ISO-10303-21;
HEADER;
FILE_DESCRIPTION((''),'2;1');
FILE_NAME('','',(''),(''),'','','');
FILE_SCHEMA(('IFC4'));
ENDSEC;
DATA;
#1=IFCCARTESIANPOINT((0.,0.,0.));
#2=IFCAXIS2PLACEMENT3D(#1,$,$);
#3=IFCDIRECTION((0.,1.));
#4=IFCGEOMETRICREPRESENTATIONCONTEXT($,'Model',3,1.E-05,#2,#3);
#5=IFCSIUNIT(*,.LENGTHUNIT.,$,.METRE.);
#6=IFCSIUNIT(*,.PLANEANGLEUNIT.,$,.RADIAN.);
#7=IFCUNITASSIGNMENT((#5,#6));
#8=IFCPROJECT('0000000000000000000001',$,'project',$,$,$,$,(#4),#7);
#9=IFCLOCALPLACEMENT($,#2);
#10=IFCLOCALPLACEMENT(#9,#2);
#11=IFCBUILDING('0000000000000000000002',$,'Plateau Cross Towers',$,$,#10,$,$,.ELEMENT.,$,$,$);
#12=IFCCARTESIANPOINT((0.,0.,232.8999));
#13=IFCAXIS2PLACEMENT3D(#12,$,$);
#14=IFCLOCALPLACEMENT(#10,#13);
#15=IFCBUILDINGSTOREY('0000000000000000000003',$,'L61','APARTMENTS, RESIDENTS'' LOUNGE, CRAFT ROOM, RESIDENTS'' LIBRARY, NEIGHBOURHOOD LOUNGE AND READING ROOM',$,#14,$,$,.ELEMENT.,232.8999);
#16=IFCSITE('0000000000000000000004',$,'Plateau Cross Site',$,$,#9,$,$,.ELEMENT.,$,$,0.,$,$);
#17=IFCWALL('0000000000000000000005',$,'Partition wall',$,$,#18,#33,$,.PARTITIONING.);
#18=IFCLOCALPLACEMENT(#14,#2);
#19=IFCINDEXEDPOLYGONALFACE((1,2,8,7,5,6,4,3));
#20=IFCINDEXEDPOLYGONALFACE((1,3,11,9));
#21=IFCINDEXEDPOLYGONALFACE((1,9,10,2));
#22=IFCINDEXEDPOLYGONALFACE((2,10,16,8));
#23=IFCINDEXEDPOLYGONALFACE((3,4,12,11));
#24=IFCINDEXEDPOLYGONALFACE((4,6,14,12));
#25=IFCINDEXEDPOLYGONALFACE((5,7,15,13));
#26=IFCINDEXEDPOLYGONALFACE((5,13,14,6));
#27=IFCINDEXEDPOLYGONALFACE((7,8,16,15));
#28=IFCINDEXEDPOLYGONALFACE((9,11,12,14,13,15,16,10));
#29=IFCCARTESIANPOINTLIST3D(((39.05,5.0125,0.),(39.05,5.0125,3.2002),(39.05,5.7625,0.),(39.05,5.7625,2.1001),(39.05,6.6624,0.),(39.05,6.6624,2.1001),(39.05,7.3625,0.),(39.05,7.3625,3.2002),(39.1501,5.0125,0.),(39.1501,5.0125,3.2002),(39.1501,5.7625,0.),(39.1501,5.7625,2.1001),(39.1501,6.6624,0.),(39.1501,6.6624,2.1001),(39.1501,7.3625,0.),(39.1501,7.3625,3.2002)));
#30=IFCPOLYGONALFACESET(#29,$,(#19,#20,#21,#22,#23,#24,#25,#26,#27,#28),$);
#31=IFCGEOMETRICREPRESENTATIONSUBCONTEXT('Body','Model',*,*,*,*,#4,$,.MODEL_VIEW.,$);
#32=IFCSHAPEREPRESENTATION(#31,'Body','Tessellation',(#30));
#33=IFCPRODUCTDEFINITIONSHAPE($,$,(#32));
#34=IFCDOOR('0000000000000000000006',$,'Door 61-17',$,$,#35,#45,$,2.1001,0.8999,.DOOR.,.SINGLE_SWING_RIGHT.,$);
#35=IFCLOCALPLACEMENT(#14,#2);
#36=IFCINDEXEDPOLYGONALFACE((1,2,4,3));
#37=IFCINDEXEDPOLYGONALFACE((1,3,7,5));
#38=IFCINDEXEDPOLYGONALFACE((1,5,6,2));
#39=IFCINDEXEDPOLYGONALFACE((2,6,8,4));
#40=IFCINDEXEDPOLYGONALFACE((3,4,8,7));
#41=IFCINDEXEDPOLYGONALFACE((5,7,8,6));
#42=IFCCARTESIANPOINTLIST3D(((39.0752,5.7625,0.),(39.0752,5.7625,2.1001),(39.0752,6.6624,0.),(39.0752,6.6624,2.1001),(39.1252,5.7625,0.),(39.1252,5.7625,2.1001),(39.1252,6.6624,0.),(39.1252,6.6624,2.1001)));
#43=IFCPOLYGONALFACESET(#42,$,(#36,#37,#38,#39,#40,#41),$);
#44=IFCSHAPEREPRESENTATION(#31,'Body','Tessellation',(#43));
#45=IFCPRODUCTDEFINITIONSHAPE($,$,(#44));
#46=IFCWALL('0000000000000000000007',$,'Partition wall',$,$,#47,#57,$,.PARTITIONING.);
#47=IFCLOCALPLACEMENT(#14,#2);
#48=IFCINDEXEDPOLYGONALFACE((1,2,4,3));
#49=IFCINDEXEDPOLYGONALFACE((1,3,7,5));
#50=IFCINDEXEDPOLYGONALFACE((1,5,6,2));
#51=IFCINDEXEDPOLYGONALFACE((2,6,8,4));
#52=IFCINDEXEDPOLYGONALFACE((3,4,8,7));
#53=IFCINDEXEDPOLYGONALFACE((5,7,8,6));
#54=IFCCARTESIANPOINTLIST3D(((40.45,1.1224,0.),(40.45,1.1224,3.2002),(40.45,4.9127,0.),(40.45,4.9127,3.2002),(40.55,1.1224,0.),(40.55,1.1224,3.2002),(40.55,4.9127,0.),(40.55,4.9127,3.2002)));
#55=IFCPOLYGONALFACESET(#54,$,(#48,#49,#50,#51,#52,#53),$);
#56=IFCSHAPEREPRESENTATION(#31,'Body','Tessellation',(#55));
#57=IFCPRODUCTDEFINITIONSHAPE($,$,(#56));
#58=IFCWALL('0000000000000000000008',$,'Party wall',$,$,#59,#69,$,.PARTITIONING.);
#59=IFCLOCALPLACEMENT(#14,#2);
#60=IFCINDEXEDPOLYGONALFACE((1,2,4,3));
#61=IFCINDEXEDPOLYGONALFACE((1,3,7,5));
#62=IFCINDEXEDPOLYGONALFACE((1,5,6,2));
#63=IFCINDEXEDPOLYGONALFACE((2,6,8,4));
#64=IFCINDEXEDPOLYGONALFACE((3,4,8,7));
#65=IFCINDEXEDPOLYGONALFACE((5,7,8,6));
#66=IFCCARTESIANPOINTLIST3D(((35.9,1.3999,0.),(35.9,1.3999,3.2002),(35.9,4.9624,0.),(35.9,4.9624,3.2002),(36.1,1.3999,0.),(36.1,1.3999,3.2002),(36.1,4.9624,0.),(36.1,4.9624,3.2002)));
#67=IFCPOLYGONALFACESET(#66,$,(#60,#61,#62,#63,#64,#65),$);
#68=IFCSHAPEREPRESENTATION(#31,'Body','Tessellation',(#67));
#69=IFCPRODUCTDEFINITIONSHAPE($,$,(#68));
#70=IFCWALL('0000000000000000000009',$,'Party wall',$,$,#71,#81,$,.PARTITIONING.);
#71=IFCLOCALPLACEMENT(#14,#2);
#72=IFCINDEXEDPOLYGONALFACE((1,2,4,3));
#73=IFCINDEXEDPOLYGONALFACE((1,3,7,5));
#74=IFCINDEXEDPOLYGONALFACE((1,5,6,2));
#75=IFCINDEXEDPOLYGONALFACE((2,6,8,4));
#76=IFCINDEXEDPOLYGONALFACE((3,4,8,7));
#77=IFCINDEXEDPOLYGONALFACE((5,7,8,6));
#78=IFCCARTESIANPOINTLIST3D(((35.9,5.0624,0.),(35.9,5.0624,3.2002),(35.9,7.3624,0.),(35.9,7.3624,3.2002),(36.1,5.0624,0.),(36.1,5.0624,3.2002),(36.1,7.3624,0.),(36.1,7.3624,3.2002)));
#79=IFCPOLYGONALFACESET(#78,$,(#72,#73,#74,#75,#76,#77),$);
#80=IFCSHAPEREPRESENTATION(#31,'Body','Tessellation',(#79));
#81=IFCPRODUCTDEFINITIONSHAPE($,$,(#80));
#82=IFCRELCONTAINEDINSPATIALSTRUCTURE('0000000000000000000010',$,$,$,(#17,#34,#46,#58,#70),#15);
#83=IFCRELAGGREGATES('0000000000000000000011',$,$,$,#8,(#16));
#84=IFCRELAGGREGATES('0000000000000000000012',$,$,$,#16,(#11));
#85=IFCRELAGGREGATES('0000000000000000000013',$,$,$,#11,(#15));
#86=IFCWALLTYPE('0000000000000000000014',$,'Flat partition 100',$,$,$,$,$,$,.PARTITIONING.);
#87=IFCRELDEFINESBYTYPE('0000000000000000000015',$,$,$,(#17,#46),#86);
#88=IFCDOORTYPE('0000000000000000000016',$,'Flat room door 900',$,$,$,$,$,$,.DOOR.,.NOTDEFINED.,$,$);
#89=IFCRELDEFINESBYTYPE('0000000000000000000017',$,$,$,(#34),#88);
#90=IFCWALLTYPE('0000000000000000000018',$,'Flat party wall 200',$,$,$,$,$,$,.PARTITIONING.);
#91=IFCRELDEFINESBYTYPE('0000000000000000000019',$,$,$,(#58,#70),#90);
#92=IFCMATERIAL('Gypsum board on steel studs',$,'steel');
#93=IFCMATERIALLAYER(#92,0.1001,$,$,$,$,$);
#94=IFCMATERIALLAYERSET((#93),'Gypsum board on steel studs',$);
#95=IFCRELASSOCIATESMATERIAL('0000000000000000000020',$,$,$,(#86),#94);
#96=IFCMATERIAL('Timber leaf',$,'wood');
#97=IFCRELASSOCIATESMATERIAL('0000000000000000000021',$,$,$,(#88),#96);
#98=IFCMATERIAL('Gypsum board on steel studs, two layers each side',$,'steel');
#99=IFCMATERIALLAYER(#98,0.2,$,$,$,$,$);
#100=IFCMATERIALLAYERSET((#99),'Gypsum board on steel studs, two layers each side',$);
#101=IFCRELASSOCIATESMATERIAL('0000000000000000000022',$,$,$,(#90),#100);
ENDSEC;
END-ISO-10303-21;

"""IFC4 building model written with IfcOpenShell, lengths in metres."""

from ifc_helpers import new_model, si_unit, direction, frame, frame_2d, origin, place, context, subcontext, project, spatial, rectangle, extrude, material, layer, layer_set, type_object, element, fill, save


model = new_model("IFC4")

# Units and contexts
model_context = context("Model", 3, precision=1e-05, world=origin(), true_north=direction((0.0, 1.0)))
body_context = subcontext(model_context, "Body", "Model", "MODEL_VIEW")
ifc_project = project(units=[si_unit("LENGTHUNIT", "METRE"), si_unit("PLANEANGLEUNIT", "RADIAN")], contexts=[model_context])

# Site, building, storey
site_placement = place(None, origin())
site = spatial("IfcSite", under=ifc_project, at=site_placement, Name="Plateau Cross Site", CompositionType="ELEMENT", RefElevation=0.0)
building_placement = place(site_placement, origin())
building = spatial("IfcBuilding", under=site, at=building_placement, Name="Plateau Cross Towers", CompositionType="ELEMENT")
storey_placement = place(building_placement, frame((0.0, 0.0, 232.8999)))
storey = spatial("IfcBuildingStorey", under=building, at=storey_placement, Name="L61", Description="APARTMENTS, RESIDENTS' LOUNGE, CRAFT ROOM, RESIDENTS' LIBRARY, NEIGHBOURHOOD LOUNGE AND READING ROOM", CompositionType="ELEMENT", Elevation=232.8999)

# Shared definitions
ifc_material_1 = material(Name="Gypsum board on steel studs", Category="steel")
ifc_layer_1 = layer(ifc_material_1, 0.1001)
ifc_layer_set_1 = layer_set([ifc_layer_1], Name="Gypsum board on steel studs")
wall_type_1 = type_object("IfcWallType", Name="Flat partition 100", PredefinedType="PARTITIONING", material=ifc_layer_set_1)
ifc_material_2 = material(Name="Timber leaf", Category="wood")
door_type = type_object("IfcDoorType", Name="Flat room door 900", OperationType="NOTDEFINED", PredefinedType="DOOR", material=ifc_material_2)

# Wall, opening, door
wall_1_placement = place(storey_placement, frame((39.1001, 5.0125, 0.0), z_axis=(0.0, 0.0, 1.0), x_axis=(0.0, 1.0, 0.0)))
wall_1 = element("IfcWall", 1, at=wall_1_placement, inside=storey, type_object=wall_type_1, Name="Partition wall", PredefinedType="PARTITIONING", context=body_context, shape_type="SweptSolid", body=[
    extrude(rectangle(XDim=2.3501, YDim=0.1001, at=frame_2d((1.175, 0.0))), origin(), (0.0, 0.0, 1.0), 3.2002),
])
opening_1_placement = place(wall_1_placement, frame((0.75, 0.0, 0.0)))
opening_1 = element("IfcOpeningElement", 2, at=opening_1_placement, cuts=wall_1, PredefinedType="OPENING", context=body_context, shape_type="SweptSolid", body=[
    extrude(rectangle(XDim=0.8999, YDim=2.1001, at=frame_2d((0.45, 1.05))), frame((0.0, 0.0601, 0.0), z_axis=(0.0, -1.0, 0.0), x_axis=(1.0, 0.0, 0.0)), (0.0, 0.0, 1.0), 0.1201),
])
door_1_placement = place(opening_1_placement, origin())
door_1 = element("IfcDoor", 3, at=door_1_placement, inside=storey, type_object=door_type, Name="Door 61-17", OperationType="SINGLE_SWING_RIGHT", OverallHeight=2.1001, OverallWidth=0.8999, PredefinedType="DOOR", context=body_context, shape_type="SweptSolid", body=[
    extrude(rectangle(XDim=0.8999, YDim=2.1001, at=frame_2d((0.45, 1.05))), frame((0.0, 0.0249, 0.0), z_axis=(0.0, -1.0, 0.0), x_axis=(1.0, 0.0, 0.0)), (0.0, 0.0, 1.0), 0.05),
])
fill(opening_1, door_1)

# Walls
wall_2_placement = place(storey_placement, frame((40.5, 4.9126, 0.0), z_axis=(0.0, 0.0, 1.0), x_axis=(0.0, -1.0, 0.0)))
element("IfcWall", 4, at=wall_2_placement, inside=storey, type_object=wall_type_1, Name="Partition wall", PredefinedType="PARTITIONING", context=body_context, shape_type="SweptSolid", body=[
    extrude(rectangle(XDim=3.7903, YDim=0.1001, at=frame_2d((1.895, 0.0))), origin(), (0.0, 0.0, 1.0), 3.2002),
])
ifc_material_3 = material(Name="Gypsum board on steel studs, two layers each side", Category="steel")
ifc_layer_2 = layer(ifc_material_3, 0.2)
ifc_layer_set_2 = layer_set([ifc_layer_2], Name="Gypsum board on steel studs, two layers each side")
wall_type_2 = type_object("IfcWallType", Name="Flat party wall 200", PredefinedType="PARTITIONING", material=ifc_layer_set_2)
wall_3_placement = place(storey_placement, frame((36.0, 4.9624, 0.0), z_axis=(0.0, 0.0, 1.0), x_axis=(0.0, -1.0, 0.0)))
element("IfcWall", 5, at=wall_3_placement, inside=storey, type_object=wall_type_2, Name="Party wall", PredefinedType="PARTITIONING", context=body_context, shape_type="SweptSolid", body=[
    extrude(rectangle(XDim=3.5625, YDim=0.2, at=frame_2d((1.7812, 0.0))), origin(), (0.0, 0.0, 1.0), 3.2002),
])
wall_4_placement = place(storey_placement, frame((36.0, 5.0625, 0.0), z_axis=(0.0, 0.0, 1.0), x_axis=(0.0, 1.0, 0.0)))
element("IfcWall", 6, at=wall_4_placement, inside=storey, type_object=wall_type_2, Name="Party wall", PredefinedType="PARTITIONING", context=body_context, shape_type="SweptSolid", body=[
    extrude(rectangle(XDim=2.3, YDim=0.2, at=frame_2d((1.1499, 0.0))), origin(), (0.0, 0.0, 1.0), 3.2002),
])

save(model, "model.ifc")
